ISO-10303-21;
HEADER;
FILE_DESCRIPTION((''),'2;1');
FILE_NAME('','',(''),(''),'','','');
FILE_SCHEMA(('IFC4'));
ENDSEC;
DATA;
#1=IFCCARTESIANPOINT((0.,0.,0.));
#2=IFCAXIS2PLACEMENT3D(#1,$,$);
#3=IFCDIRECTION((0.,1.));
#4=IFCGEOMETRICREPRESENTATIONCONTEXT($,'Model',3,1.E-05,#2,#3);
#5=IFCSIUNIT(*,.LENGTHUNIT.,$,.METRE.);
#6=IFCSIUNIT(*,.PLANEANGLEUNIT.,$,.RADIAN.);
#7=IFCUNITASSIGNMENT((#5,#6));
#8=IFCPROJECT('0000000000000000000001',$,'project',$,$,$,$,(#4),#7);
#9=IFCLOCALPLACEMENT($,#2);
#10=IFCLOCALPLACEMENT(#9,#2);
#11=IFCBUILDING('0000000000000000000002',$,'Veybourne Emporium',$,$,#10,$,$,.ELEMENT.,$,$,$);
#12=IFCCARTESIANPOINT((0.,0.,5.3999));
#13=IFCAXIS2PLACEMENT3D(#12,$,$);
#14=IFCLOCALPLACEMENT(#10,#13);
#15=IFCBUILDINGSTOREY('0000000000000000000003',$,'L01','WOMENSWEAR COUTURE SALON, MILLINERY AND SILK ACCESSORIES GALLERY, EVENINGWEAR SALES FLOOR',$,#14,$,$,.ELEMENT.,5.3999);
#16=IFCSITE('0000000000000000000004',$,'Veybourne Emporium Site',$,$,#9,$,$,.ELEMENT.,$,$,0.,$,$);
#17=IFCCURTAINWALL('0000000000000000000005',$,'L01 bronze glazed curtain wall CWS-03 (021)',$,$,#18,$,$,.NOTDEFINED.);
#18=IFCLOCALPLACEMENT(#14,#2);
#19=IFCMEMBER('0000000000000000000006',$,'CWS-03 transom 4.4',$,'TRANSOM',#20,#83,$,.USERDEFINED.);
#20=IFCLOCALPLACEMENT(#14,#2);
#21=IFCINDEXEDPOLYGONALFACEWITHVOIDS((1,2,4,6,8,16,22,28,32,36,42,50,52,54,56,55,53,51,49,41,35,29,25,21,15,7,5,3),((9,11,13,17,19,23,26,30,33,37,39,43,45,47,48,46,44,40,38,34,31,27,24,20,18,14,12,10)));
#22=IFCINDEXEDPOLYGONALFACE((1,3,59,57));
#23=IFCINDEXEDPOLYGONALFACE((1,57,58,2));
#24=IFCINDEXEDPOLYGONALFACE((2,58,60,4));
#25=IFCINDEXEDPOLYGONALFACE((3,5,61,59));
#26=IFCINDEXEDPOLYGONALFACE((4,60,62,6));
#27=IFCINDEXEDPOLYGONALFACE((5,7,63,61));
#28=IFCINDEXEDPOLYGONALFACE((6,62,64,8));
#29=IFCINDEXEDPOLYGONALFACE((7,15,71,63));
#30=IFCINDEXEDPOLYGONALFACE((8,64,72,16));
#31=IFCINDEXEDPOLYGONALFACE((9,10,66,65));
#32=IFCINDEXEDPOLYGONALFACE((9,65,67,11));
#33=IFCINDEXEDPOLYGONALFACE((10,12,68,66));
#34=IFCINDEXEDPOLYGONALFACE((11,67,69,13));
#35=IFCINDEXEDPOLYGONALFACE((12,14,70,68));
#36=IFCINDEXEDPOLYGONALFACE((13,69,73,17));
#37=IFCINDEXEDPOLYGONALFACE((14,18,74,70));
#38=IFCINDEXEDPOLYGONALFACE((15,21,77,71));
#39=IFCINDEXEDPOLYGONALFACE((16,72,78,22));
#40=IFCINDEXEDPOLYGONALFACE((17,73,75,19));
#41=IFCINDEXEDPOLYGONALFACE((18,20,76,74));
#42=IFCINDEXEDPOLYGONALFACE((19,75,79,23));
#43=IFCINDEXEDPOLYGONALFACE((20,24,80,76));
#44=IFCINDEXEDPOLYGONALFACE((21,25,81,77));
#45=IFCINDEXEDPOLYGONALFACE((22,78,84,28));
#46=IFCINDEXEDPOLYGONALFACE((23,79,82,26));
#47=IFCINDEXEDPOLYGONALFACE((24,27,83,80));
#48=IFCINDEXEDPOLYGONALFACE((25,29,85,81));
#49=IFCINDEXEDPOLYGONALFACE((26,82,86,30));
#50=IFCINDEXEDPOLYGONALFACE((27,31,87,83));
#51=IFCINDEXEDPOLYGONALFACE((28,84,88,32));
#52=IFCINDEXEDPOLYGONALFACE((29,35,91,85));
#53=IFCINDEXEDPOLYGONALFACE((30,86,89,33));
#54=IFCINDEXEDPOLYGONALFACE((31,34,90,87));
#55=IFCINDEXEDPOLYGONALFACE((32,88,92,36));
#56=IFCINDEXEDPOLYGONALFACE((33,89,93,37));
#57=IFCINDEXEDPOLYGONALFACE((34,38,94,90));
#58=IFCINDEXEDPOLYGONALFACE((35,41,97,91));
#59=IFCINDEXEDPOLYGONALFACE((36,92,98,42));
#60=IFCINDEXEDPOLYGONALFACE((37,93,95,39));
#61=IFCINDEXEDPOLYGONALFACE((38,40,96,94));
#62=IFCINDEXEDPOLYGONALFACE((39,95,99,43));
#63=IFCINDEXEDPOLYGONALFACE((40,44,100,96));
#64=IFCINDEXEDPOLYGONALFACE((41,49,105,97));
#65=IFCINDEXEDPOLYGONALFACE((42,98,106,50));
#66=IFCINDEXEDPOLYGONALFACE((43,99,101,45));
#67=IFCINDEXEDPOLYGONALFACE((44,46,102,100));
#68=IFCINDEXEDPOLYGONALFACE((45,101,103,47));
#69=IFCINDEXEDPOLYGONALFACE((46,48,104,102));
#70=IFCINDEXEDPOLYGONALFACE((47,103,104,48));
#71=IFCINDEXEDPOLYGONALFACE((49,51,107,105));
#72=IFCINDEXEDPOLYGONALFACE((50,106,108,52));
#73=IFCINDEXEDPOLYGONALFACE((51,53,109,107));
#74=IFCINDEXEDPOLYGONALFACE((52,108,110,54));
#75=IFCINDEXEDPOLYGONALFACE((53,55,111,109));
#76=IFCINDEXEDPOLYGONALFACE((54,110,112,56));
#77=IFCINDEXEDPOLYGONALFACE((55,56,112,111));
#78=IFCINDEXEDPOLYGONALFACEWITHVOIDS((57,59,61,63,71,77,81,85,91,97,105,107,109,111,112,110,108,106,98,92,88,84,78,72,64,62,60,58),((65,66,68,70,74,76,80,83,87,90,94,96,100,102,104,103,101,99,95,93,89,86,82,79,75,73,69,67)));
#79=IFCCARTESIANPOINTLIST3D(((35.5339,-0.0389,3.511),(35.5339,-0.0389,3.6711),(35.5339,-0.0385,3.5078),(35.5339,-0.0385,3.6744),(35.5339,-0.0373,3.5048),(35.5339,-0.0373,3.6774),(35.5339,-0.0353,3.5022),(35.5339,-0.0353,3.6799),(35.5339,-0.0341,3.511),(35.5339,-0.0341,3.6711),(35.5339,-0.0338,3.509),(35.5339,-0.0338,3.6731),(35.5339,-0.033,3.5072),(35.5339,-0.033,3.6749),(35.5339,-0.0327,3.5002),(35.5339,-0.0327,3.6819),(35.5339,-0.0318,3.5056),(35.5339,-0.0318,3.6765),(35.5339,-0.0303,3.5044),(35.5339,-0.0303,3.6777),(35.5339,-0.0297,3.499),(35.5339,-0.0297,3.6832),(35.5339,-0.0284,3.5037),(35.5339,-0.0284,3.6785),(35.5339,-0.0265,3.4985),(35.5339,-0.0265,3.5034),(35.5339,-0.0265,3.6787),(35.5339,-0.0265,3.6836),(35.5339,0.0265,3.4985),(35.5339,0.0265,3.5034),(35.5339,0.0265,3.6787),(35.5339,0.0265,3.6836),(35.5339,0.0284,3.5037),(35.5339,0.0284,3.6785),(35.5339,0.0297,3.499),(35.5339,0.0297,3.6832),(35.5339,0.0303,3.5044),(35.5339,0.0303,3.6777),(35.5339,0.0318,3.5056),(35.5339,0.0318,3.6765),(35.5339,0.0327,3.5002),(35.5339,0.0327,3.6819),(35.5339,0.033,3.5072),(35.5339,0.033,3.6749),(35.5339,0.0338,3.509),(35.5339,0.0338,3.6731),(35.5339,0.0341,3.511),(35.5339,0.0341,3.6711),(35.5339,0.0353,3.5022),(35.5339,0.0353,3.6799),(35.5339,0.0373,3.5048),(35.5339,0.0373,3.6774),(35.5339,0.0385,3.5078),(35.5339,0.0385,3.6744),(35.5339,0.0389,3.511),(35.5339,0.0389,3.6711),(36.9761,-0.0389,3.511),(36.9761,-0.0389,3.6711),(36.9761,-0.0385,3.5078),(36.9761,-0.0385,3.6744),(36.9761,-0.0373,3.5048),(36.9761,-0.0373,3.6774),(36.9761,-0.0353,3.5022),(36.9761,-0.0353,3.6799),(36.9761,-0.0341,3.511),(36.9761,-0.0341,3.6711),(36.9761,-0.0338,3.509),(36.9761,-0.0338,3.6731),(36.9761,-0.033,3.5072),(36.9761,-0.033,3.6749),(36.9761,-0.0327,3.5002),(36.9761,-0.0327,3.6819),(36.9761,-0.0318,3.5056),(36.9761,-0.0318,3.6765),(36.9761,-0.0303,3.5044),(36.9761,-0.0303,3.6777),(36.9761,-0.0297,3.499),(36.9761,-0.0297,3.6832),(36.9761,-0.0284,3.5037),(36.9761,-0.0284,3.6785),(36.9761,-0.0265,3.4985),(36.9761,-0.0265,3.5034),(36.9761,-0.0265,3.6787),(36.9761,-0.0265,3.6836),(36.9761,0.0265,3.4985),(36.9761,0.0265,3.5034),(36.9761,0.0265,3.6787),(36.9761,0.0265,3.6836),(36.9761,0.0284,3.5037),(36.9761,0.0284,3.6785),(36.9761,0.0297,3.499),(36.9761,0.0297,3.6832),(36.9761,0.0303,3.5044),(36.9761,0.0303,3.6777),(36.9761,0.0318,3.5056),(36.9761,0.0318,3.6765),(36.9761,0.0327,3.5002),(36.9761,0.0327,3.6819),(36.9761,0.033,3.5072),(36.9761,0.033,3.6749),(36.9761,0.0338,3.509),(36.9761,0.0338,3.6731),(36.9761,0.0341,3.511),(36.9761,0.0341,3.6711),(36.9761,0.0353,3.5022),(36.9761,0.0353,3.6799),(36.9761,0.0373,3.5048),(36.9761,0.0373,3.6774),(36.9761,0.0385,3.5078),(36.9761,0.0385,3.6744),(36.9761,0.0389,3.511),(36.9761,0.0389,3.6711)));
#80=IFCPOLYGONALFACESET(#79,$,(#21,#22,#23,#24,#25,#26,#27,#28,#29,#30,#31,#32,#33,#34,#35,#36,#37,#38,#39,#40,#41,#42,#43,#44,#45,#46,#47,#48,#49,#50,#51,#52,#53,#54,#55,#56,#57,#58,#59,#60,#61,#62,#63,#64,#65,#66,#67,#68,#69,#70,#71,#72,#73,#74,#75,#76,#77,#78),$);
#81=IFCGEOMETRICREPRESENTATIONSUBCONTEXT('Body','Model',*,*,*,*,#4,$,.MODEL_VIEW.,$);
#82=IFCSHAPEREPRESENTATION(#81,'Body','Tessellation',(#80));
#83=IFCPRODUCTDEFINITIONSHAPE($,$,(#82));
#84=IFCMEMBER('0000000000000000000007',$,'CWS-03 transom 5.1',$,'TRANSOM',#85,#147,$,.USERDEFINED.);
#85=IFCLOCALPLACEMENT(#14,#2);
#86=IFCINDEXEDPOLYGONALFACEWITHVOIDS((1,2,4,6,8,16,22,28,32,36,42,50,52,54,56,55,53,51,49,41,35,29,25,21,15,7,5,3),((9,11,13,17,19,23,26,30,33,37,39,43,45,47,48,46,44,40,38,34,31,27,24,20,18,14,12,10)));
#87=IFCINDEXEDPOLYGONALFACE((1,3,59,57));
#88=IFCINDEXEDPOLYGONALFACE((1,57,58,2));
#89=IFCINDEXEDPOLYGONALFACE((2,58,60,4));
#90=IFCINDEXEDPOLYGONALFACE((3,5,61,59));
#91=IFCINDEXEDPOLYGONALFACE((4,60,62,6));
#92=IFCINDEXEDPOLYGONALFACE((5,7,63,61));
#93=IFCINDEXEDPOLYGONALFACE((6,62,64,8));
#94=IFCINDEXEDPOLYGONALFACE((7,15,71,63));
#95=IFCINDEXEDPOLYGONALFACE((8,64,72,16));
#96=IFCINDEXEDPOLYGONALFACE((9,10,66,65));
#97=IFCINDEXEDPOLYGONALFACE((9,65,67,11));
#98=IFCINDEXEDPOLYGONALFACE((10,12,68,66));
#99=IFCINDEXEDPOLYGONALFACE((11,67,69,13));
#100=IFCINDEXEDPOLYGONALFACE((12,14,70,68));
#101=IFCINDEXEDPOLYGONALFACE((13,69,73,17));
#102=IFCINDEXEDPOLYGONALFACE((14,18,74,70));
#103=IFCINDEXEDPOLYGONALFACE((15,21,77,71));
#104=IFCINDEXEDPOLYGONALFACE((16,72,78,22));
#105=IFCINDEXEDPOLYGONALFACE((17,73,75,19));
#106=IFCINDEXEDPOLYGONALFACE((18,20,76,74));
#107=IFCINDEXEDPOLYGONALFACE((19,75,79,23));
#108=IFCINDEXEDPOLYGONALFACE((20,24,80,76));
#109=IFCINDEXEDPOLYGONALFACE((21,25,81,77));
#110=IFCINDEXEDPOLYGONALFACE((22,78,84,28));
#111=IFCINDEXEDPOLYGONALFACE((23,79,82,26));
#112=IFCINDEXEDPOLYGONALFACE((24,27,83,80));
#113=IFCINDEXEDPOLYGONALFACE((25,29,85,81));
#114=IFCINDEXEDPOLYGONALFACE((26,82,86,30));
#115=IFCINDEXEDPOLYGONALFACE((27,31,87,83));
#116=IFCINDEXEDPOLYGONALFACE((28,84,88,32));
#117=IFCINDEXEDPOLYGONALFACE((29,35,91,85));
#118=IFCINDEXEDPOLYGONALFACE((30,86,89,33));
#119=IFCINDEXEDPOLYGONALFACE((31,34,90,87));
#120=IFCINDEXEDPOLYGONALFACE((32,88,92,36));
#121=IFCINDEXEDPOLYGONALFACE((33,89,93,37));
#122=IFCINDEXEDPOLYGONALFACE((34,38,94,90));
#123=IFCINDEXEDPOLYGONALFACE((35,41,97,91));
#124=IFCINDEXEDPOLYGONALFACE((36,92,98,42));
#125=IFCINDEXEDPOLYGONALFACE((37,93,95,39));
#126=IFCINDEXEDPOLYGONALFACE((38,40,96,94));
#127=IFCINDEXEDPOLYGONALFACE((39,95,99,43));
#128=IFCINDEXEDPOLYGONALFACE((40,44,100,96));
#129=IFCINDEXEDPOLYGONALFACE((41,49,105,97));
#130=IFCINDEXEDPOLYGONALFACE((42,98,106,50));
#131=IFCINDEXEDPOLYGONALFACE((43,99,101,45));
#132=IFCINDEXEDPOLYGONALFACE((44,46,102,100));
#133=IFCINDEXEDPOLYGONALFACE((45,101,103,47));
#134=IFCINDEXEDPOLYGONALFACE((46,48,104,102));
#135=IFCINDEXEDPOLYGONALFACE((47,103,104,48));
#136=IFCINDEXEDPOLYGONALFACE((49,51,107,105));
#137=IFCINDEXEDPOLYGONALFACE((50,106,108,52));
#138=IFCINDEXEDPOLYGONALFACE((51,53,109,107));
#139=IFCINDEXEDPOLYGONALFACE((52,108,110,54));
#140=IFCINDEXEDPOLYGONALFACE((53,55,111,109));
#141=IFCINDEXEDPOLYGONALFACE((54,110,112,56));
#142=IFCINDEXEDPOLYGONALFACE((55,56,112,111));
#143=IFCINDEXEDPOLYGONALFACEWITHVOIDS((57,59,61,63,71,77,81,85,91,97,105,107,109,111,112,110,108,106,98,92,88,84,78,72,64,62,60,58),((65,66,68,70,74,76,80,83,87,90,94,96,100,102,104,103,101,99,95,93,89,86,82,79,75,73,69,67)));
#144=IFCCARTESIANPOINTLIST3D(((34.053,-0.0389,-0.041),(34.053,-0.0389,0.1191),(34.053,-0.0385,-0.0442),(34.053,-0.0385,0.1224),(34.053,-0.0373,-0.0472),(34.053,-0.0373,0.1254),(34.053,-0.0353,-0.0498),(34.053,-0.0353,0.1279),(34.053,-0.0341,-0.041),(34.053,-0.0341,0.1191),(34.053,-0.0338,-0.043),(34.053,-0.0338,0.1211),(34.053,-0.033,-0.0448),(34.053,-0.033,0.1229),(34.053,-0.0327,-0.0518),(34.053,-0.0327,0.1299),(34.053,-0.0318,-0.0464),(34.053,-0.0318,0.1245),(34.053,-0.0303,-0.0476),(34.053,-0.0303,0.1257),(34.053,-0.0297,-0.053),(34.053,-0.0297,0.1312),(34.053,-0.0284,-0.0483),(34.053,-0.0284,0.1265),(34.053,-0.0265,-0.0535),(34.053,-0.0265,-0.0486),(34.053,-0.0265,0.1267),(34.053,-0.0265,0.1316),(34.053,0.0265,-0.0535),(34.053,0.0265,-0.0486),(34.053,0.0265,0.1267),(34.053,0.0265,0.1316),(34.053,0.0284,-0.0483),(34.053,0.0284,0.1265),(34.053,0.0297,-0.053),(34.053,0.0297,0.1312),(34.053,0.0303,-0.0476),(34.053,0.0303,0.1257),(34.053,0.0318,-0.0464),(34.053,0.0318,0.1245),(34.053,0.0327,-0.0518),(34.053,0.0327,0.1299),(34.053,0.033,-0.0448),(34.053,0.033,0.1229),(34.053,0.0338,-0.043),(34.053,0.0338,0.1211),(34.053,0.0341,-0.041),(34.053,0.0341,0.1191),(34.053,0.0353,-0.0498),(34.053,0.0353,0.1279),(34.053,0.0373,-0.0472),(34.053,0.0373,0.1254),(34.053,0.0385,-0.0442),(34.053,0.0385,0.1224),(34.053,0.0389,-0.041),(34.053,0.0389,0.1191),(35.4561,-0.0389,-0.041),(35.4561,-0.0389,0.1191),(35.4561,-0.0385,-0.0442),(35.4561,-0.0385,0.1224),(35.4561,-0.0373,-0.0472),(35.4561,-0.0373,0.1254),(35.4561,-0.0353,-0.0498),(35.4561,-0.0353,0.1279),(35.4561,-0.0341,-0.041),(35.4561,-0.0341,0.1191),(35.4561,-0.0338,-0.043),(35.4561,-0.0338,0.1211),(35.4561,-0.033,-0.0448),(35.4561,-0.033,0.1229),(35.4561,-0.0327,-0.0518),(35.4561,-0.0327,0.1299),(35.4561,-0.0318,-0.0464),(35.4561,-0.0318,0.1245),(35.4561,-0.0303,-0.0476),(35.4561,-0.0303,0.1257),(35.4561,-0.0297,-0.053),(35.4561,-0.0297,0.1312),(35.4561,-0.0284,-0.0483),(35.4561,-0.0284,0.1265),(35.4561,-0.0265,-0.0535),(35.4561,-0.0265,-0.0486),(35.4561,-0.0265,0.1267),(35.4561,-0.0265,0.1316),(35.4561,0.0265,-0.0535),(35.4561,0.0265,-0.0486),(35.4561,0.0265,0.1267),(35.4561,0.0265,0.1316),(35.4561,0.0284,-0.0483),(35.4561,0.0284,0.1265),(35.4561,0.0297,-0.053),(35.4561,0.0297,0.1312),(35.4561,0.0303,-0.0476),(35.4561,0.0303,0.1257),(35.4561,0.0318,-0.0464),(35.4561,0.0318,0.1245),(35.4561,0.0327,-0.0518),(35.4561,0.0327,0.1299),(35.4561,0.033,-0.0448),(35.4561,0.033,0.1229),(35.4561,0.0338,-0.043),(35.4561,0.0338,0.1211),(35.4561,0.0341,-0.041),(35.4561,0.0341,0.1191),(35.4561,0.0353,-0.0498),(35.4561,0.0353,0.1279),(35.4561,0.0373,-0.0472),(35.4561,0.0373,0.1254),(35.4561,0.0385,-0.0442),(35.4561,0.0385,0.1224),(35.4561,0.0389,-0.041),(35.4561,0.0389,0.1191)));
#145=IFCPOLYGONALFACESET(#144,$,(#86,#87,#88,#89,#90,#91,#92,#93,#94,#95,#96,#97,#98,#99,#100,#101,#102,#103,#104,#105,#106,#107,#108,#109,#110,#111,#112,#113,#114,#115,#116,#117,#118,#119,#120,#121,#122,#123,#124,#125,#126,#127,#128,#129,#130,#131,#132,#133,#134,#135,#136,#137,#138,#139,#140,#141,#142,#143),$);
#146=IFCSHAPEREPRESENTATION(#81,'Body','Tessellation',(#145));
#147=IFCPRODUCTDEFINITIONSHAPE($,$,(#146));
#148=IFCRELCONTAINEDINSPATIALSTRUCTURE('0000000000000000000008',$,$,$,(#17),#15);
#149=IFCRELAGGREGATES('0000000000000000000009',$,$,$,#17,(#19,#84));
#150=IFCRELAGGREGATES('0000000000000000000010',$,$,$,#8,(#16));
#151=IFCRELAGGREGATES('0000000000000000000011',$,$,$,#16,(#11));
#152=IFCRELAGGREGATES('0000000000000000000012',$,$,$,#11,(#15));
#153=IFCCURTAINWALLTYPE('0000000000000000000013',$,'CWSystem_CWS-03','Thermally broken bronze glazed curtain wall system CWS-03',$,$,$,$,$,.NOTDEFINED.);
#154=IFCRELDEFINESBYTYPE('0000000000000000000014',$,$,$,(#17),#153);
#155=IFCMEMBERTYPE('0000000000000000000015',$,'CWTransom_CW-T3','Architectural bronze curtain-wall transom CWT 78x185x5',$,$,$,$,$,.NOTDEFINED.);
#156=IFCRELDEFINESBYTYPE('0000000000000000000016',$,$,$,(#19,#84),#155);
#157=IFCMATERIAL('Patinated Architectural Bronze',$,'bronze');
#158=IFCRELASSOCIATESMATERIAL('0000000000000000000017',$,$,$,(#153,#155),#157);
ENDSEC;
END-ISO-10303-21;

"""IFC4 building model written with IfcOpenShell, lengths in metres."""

from ifc_helpers import new_model, si_unit, direction, frame, origin, origin_2d, place, context, subcontext, project, spatial, hollow_rectangle, extrude, material, material_profile, profile_set, type_object, element, aggregate, save


model = new_model("IFC4")

# Units and contexts
model_context = context("Model", 3, precision=1e-05, world=origin(), true_north=direction((0.0, 1.0)))
body_context = subcontext(model_context, "Body", "Model", "MODEL_VIEW")
ifc_project = project(units=[si_unit("LENGTHUNIT", "METRE"), si_unit("PLANEANGLEUNIT", "RADIAN")], contexts=[model_context])

# Site, building, storey
site_placement = place(None, origin())
site = spatial("IfcSite", under=ifc_project, at=site_placement, Name="Veybourne Emporium Site", CompositionType="ELEMENT", RefElevation=0.0)
building_placement = place(site_placement, origin())
building = spatial("IfcBuilding", under=site, at=building_placement, Name="Veybourne Emporium", CompositionType="ELEMENT")
storey_placement = place(building_placement, frame((0.0, 0.0, 5.3999)))
storey = spatial("IfcBuildingStorey", under=building, at=storey_placement, Name="L01", Description="WOMENSWEAR COUTURE SALON, MILLINERY AND SILK ACCESSORIES GALLERY, EVENINGWEAR SALES FLOOR", CompositionType="ELEMENT", Elevation=5.3999)

# Curtain wall, members
ifc_material_1 = material(Name="Patinated Architectural Bronze", Category="bronze")
curtain_wall_type = type_object("IfcCurtainWallType", Name="CWSystem_CWS-03", Description="Thermally broken bronze glazed curtain wall system CWS-03", PredefinedType="NOTDEFINED", material=ifc_material_1)
curtain_wall_placement = place(storey_placement, origin())
curtain_wall = element("IfcCurtainWall", 1, at=curtain_wall_placement, inside=storey, type_object=curtain_wall_type, Name="L01 bronze glazed curtain wall CWS-03 (021)", PredefinedType="NOTDEFINED")
ifc_material_profile_1 = material_profile(ifc_material_1, hollow_rectangle(XDim=0.0779, YDim=0.1851, WallThickness=0.0049, InnerFilletRadius=0.0076, OuterFilletRadius=0.0125, at=origin_2d()), Name="CWT 78x185x5")
ifc_profile_set_1 = profile_set([ifc_material_profile_1], Name="Patinated Architectural Bronze")
member_type_1 = type_object("IfcMemberType", Name="CWTransom_CW-T3", Description="Architectural bronze curtain-wall transom CWT 78x185x5", PredefinedType="NOTDEFINED", material=ifc_profile_set_1)
member_1_placement = place(storey_placement, frame((36.9761, 0.0, 3.5911), z_axis=(-1.0, 0.0, 0.0), x_axis=(0.0, -1.0, 0.0)))
member_1 = element("IfcMember", 2, at=member_1_placement, type_object=member_type_1, Name="CWS-03 transom 4.4", ObjectType="TRANSOM", PredefinedType="USERDEFINED", context=body_context, shape_type="SweptSolid", body=[
    extrude(hollow_rectangle(XDim=0.0779, YDim=0.1851, WallThickness=0.0049, InnerFilletRadius=0.0076, OuterFilletRadius=0.0125, at=origin_2d()), origin(), (0.0, 0.0, 1.0), 1.4421),
])
member_2_placement = place(storey_placement, frame((35.4561, 0.0, 0.0391), z_axis=(-1.0, 0.0, 0.0), x_axis=(0.0, -1.0, 0.0)))
member_2 = element("IfcMember", 3, at=member_2_placement, type_object=member_type_1, Name="CWS-03 transom 5.1", ObjectType="TRANSOM", PredefinedType="USERDEFINED", context=body_context, shape_type="SweptSolid", body=[
    extrude(hollow_rectangle(XDim=0.0779, YDim=0.1851, WallThickness=0.0049, InnerFilletRadius=0.0076, OuterFilletRadius=0.0125, at=origin_2d()), origin(), (0.0, 0.0, 1.0), 1.4031),
])
aggregate(curtain_wall, [member_1, member_2])

save(model, "model.ifc")
